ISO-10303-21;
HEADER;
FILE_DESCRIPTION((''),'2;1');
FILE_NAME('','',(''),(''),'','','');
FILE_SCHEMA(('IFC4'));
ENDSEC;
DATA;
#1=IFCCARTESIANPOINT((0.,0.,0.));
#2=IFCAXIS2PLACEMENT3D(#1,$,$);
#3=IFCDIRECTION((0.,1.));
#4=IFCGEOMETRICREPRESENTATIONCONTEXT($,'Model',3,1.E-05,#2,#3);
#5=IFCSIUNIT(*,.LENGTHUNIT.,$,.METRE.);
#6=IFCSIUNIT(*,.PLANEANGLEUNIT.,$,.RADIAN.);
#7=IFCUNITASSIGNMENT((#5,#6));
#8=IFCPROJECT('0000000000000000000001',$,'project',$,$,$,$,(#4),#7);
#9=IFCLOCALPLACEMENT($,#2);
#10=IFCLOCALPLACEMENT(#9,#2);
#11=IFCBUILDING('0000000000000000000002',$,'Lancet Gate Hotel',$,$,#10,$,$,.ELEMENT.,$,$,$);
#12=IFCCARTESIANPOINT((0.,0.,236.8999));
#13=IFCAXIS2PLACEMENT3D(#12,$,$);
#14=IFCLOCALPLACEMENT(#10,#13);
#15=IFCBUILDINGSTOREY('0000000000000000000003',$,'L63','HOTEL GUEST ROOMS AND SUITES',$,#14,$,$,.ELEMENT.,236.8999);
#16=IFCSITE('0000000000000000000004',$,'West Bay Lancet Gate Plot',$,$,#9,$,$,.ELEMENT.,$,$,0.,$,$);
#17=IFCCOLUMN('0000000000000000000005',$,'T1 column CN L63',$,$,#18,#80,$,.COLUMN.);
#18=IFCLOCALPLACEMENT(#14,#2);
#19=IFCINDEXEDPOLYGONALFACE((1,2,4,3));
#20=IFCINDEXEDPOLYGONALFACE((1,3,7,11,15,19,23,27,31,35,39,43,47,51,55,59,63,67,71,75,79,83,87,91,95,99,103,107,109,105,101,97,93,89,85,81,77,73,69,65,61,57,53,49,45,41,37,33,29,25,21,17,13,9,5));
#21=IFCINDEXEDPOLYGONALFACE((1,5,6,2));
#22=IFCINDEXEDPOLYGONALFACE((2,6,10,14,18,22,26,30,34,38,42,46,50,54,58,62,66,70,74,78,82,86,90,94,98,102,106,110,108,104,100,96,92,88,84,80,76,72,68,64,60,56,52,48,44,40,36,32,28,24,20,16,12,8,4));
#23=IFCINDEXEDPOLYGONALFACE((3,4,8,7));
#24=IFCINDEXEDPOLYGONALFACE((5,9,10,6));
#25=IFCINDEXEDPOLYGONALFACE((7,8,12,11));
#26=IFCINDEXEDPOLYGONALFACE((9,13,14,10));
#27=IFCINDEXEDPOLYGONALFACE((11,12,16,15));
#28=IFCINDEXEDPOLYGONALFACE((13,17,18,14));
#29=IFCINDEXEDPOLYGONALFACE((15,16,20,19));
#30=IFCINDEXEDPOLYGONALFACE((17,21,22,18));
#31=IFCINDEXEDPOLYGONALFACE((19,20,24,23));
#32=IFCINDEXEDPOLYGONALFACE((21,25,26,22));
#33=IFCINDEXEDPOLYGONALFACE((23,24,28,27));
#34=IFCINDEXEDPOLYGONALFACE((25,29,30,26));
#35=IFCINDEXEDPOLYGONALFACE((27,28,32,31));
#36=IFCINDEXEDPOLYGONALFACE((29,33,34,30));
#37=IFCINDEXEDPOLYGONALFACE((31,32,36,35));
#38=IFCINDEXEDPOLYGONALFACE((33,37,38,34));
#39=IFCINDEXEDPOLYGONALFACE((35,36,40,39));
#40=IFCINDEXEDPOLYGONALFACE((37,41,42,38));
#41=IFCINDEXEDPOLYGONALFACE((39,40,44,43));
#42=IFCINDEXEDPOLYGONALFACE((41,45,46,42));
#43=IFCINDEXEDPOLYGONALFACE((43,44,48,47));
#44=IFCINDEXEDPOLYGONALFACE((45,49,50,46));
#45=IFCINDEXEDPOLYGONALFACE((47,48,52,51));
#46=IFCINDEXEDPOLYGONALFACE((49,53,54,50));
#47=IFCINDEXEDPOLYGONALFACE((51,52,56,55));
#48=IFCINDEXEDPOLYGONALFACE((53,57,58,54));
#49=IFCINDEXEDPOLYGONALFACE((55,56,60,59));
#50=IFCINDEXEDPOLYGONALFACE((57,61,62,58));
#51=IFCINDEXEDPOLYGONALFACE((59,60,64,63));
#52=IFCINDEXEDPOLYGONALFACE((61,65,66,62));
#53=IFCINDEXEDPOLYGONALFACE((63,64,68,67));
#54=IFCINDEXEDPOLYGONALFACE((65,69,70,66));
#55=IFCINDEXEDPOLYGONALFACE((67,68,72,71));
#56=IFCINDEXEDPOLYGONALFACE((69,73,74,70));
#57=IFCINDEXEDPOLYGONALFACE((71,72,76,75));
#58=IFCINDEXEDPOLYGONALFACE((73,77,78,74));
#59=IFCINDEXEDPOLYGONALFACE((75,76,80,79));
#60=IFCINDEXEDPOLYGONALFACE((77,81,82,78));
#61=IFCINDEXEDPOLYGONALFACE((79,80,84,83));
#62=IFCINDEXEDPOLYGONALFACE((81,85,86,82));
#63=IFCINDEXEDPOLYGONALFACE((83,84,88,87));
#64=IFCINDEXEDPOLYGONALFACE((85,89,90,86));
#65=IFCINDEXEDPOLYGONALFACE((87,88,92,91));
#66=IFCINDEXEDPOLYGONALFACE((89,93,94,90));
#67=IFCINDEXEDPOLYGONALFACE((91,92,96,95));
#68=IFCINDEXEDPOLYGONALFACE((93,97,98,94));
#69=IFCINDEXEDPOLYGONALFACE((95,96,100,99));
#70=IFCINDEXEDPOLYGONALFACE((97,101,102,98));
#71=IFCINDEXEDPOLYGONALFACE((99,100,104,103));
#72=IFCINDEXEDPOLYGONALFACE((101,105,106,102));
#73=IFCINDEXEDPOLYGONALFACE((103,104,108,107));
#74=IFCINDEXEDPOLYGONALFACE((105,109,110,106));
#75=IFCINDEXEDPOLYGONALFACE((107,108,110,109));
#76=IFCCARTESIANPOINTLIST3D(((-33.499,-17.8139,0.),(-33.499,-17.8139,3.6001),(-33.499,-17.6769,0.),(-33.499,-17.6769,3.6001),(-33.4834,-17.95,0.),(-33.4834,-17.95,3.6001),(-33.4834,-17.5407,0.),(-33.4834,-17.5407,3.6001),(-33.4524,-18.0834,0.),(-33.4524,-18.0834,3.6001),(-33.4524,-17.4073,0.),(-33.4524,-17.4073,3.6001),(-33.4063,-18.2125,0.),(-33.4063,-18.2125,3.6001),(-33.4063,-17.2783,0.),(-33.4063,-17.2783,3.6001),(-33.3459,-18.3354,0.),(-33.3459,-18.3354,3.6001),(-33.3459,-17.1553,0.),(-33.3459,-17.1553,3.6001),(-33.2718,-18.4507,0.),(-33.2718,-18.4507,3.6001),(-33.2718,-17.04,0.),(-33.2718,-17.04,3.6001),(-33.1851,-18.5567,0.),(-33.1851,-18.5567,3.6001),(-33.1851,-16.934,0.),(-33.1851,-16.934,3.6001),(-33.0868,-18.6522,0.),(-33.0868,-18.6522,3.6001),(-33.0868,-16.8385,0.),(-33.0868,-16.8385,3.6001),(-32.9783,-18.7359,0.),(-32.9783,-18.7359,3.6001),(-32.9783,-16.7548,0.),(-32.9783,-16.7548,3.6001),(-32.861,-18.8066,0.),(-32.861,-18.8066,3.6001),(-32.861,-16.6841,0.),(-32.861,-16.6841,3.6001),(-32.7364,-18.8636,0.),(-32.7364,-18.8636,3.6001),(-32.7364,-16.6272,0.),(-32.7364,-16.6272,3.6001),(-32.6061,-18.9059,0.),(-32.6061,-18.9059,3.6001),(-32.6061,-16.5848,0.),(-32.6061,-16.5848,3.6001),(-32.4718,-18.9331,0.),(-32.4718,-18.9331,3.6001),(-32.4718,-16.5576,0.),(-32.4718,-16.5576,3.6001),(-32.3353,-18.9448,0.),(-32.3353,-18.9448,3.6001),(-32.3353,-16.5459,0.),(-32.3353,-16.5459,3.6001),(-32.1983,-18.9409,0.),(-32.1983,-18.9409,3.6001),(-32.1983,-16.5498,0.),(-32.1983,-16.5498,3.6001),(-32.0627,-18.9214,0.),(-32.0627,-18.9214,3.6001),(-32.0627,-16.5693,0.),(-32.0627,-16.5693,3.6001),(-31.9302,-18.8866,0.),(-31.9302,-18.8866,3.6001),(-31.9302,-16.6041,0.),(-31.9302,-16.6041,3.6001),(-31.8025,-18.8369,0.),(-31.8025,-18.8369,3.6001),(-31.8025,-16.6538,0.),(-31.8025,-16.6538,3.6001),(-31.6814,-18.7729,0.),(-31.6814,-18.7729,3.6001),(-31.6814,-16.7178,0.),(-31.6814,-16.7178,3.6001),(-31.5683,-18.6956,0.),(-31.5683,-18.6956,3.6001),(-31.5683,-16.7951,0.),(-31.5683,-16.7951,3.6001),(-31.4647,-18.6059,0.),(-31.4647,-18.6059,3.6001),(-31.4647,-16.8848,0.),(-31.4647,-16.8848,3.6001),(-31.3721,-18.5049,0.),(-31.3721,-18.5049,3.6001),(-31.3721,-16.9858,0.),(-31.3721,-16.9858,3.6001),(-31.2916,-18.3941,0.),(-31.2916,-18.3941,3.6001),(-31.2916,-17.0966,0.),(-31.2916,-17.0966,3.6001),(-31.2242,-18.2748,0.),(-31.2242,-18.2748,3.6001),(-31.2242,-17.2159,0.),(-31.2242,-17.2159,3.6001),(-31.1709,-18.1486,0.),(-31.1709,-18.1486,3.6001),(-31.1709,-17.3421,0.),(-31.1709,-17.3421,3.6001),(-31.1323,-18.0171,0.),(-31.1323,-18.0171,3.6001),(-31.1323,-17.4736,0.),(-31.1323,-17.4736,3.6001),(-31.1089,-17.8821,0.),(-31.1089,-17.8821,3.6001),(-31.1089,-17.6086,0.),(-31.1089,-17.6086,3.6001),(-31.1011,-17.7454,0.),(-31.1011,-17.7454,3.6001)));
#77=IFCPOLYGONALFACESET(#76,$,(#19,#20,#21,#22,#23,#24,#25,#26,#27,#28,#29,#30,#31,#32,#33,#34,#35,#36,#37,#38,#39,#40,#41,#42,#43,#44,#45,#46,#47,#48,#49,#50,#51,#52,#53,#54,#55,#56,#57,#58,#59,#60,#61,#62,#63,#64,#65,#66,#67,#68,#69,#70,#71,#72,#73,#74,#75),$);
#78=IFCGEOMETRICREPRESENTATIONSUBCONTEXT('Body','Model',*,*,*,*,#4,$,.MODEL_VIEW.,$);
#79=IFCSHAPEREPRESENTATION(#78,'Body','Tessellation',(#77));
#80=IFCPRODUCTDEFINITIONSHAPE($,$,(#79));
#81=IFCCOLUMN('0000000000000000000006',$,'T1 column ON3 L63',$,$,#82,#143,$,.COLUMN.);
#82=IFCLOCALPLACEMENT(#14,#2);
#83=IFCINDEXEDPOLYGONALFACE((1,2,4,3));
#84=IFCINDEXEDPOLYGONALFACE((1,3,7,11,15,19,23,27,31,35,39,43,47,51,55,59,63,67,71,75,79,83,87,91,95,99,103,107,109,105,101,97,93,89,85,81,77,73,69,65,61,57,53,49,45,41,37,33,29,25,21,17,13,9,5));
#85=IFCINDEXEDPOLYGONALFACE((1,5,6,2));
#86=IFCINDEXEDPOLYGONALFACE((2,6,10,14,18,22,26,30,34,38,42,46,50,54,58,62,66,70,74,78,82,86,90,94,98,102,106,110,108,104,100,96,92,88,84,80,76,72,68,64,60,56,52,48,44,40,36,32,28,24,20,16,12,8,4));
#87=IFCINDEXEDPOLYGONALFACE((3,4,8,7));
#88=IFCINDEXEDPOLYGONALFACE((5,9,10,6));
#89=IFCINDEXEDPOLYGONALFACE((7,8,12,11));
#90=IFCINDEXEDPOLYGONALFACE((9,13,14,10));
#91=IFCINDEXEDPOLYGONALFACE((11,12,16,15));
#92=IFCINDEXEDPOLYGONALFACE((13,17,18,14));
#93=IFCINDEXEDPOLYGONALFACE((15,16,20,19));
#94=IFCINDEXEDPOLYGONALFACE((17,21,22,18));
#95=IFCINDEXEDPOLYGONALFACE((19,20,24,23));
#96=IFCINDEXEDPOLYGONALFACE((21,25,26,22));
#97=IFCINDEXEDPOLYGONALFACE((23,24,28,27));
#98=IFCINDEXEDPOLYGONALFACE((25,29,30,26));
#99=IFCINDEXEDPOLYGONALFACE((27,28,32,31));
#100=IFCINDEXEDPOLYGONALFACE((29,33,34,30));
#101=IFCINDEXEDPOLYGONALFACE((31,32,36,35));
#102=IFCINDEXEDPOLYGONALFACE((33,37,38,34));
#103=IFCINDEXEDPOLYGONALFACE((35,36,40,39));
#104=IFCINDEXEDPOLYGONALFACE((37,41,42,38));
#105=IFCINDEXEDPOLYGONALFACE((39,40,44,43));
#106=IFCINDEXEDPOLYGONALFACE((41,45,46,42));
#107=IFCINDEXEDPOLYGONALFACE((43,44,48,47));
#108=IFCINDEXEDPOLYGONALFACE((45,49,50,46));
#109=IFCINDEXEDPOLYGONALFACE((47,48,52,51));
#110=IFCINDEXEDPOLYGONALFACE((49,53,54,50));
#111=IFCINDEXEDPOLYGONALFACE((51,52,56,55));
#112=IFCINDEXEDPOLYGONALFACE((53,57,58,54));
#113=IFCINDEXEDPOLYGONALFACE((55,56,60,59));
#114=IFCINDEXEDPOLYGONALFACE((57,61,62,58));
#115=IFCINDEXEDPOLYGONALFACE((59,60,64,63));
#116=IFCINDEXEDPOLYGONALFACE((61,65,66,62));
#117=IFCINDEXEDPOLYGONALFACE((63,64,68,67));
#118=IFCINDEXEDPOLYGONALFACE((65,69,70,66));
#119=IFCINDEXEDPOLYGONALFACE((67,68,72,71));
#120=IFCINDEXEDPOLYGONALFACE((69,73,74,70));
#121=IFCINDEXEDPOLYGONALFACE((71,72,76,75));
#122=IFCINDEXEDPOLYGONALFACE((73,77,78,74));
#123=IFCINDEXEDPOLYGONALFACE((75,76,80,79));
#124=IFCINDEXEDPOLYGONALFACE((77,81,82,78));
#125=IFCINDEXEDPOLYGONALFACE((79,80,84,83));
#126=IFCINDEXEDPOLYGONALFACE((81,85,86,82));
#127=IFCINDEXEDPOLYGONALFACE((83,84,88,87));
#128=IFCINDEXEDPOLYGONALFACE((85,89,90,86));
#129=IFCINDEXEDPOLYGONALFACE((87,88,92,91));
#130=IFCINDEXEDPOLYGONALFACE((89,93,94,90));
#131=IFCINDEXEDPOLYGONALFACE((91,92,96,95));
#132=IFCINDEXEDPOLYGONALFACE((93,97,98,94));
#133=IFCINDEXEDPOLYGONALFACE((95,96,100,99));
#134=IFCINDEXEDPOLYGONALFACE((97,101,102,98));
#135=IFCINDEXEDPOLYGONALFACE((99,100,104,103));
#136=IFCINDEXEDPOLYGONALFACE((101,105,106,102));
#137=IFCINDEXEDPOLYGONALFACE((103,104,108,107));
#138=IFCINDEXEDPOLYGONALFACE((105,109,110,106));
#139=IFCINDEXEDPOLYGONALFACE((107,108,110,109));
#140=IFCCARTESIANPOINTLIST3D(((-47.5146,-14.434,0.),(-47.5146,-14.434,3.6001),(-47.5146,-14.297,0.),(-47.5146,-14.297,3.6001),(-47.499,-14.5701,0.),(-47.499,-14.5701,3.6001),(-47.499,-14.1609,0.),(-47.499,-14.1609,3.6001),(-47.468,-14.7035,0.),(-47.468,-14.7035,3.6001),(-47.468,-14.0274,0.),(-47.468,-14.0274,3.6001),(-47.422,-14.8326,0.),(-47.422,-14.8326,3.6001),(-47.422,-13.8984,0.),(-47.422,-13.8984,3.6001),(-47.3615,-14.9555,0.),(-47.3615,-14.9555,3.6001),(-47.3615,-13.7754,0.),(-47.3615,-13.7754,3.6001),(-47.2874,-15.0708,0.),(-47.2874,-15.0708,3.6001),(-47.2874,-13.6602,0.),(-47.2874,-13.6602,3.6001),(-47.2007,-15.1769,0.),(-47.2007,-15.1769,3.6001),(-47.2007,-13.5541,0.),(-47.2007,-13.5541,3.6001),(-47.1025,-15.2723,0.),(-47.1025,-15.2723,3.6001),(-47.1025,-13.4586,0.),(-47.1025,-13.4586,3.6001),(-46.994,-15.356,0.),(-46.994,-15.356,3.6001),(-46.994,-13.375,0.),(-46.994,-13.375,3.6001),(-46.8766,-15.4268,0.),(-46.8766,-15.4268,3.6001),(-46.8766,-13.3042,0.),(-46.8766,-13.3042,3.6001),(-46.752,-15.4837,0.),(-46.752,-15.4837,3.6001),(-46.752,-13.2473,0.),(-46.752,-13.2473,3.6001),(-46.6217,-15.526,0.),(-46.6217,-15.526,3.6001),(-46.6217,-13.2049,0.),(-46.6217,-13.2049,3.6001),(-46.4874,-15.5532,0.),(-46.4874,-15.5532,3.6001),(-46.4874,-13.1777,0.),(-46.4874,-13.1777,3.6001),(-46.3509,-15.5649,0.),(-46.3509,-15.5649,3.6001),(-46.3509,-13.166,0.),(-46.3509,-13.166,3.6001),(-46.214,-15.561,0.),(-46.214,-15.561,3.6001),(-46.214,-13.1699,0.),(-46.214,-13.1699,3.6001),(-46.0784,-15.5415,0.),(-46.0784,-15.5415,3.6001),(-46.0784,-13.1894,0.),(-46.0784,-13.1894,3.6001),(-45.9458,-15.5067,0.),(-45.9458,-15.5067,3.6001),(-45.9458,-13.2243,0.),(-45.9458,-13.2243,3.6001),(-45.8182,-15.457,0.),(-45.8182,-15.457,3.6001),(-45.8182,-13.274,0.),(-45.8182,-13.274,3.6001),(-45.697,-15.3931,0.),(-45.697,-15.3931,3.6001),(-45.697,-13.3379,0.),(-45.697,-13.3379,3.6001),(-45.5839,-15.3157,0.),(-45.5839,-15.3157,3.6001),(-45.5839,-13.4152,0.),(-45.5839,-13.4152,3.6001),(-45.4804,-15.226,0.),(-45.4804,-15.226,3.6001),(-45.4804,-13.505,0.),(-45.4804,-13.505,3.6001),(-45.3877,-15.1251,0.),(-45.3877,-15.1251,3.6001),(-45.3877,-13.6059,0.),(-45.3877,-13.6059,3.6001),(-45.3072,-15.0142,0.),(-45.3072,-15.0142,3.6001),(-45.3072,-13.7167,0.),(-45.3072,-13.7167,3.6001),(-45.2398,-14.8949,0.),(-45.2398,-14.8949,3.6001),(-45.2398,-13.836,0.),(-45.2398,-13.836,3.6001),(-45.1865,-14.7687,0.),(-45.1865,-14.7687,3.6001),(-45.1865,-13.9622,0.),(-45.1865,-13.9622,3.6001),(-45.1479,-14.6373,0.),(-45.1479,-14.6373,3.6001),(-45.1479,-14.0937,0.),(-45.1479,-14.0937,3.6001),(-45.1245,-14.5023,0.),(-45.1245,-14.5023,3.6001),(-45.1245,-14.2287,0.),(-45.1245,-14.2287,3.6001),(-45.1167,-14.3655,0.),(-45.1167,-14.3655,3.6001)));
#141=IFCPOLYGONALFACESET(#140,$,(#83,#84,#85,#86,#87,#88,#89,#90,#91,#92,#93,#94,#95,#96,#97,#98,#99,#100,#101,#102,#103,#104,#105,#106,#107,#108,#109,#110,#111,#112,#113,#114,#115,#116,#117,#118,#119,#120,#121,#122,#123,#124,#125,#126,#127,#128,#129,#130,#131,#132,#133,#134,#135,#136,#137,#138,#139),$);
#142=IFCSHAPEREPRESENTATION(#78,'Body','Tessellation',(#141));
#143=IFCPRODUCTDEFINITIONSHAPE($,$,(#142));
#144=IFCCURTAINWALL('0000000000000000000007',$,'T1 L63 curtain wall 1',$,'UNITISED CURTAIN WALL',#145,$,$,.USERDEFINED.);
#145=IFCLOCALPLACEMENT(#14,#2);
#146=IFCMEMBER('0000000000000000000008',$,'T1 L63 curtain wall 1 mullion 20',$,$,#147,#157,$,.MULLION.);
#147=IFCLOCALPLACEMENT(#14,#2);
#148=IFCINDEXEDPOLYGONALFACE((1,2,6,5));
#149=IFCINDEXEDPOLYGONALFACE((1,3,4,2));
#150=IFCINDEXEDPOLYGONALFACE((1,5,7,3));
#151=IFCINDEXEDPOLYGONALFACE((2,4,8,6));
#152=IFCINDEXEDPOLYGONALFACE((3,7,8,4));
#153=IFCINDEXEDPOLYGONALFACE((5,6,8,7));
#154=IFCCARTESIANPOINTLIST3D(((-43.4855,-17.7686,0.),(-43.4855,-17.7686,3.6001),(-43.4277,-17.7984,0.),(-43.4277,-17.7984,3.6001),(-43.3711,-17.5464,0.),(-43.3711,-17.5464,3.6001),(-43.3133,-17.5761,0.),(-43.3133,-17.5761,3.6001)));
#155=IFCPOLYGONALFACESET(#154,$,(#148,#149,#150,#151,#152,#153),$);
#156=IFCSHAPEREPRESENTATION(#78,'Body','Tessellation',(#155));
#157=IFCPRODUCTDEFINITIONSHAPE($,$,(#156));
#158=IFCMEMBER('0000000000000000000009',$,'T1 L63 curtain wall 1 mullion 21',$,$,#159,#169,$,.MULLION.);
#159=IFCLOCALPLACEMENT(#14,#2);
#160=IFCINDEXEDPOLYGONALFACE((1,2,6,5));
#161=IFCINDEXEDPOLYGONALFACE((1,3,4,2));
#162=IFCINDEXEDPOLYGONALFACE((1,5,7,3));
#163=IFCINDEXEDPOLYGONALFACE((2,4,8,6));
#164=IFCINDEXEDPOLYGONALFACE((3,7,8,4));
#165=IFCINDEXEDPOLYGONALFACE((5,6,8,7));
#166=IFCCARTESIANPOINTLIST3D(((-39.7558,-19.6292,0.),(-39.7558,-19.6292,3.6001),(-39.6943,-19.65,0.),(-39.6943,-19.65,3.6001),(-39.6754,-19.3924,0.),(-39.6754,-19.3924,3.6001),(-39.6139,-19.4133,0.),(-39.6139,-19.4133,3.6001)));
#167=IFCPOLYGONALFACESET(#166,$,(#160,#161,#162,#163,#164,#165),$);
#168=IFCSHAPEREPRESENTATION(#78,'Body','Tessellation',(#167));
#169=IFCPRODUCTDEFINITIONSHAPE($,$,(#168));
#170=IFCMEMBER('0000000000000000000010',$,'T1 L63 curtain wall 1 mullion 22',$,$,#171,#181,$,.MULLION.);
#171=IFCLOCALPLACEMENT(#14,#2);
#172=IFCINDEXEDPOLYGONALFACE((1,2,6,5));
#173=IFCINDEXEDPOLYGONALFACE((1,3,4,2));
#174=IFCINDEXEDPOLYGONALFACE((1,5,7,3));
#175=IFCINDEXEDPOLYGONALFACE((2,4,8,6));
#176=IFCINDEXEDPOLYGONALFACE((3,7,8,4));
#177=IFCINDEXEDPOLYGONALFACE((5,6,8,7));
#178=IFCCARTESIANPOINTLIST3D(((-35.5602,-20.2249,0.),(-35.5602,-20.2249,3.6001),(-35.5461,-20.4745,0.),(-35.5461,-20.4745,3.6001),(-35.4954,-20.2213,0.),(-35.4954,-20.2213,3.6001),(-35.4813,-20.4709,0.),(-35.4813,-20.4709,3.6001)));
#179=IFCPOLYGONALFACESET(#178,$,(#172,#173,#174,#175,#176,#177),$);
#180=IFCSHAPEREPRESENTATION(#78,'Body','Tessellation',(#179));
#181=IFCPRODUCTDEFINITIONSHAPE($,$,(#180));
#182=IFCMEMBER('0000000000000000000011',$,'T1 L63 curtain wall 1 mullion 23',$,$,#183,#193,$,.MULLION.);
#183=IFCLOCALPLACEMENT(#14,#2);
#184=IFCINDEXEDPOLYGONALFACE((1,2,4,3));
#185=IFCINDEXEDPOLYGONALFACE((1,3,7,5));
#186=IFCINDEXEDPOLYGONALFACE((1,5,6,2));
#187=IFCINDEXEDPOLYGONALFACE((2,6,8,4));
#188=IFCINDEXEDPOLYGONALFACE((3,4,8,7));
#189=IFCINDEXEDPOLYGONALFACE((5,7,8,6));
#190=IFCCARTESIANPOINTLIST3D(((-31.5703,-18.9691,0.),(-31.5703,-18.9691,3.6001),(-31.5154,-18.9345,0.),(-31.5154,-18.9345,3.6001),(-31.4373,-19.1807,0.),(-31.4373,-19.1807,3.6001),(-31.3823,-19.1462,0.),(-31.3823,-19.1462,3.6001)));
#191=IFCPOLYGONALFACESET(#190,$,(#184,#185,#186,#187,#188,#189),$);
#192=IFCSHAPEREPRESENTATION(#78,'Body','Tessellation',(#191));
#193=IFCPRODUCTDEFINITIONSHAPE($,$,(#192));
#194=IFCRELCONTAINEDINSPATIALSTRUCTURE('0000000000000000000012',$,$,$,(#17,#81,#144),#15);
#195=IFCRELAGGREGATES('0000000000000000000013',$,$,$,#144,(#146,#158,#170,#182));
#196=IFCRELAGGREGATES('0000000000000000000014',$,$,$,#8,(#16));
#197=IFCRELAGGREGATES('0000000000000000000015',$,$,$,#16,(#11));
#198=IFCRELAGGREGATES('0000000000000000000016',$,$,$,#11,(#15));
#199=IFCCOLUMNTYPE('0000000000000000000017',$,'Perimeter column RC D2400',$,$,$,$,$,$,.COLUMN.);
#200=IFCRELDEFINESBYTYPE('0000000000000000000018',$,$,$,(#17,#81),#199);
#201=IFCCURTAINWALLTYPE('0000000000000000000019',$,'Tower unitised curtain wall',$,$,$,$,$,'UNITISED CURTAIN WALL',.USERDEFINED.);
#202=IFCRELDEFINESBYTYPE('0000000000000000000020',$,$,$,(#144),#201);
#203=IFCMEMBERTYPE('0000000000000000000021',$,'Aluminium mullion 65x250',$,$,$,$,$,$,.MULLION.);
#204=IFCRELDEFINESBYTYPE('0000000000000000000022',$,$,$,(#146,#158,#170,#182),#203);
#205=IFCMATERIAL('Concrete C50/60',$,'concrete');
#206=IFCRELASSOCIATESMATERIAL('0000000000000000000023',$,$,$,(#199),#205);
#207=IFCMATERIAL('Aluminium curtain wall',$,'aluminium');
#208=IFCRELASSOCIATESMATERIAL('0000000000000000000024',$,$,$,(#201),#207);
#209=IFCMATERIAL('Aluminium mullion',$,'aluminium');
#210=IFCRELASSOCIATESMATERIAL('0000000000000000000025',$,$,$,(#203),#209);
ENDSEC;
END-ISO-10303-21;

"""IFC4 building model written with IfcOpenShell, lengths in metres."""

from ifc_helpers import new_model, si_unit, direction, frame, origin, origin_2d, place, context, subcontext, project, spatial, rectangle, circle, extrude, material, material_profile, profile_set, type_object, element, aggregate, save


model = new_model("IFC4")

# Units and contexts
model_context = context("Model", 3, precision=1e-05, world=origin(), true_north=direction((0.0, 1.0)))
body_context = subcontext(model_context, "Body", "Model", "MODEL_VIEW")
ifc_project = project(units=[si_unit("LENGTHUNIT", "METRE"), si_unit("PLANEANGLEUNIT", "RADIAN")], contexts=[model_context])

# Site, building, storey
site_placement = place(None, origin())
site = spatial("IfcSite", under=ifc_project, at=site_placement, Name="West Bay Lancet Gate Plot", CompositionType="ELEMENT", RefElevation=0.0)
building_placement = place(site_placement, origin())
building = spatial("IfcBuilding", under=site, at=building_placement, Name="Lancet Gate Hotel", CompositionType="ELEMENT")
storey_placement = place(building_placement, frame((0.0, 0.0, 236.8999)))
storey = spatial("IfcBuildingStorey", under=building, at=storey_placement, Name="L63", Description="HOTEL GUEST ROOMS AND SUITES", CompositionType="ELEMENT", Elevation=236.8999)

# Columns
ifc_material_1 = material(Name="Concrete C50/60", Category="concrete")
ifc_material_profile_1 = material_profile(ifc_material_1, circle(Radius=1.2, at=origin_2d()), Name="RC D2400")
ifc_profile_set_1 = profile_set([ifc_material_profile_1], Name="Concrete C50/60")
column_type = type_object("IfcColumnType", Name="Perimeter column RC D2400", PredefinedType="COLUMN", material=ifc_profile_set_1)
for number, where, z_axis, x_axis, name in (
    (1, (-32.301, -17.7454, 0.0), (0.0, 0.0, 1.0), (1.0, 0.0, 0.0), "T1 column CN L63"),
    (2, (-46.3167, -14.3655, 0.0), (0.0, 0.0, 1.0), (1.0, 0.0, 0.0), "T1 column ON3 L63"),
):
    element("IfcColumn", number, at=place(storey_placement, frame(where, z_axis=z_axis, x_axis=x_axis)), inside=storey, type_object=column_type, Name=name, PredefinedType="COLUMN", context=body_context, shape_type="SweptSolid", body=[
        extrude(circle(Radius=1.2, at=origin_2d()), origin(), (0.0, 0.0, 1.0), 3.6001),
    ])

# Curtain wall, members
ifc_material_2 = material(Name="Aluminium curtain wall", Category="aluminium")
curtain_wall_type = type_object("IfcCurtainWallType", Name="Tower unitised curtain wall", ElementType="UNITISED CURTAIN WALL", PredefinedType="USERDEFINED", material=ifc_material_2)
curtain_wall_placement = place(storey_placement, origin())
curtain_wall = element("IfcCurtainWall", 3, at=curtain_wall_placement, inside=storey, type_object=curtain_wall_type, Name="T1 L63 curtain wall 1", ObjectType="UNITISED CURTAIN WALL", PredefinedType="USERDEFINED")
ifc_material_3 = material(Name="Aluminium mullion", Category="aluminium")
ifc_material_profile_2 = material_profile(ifc_material_3, rectangle(XDim=0.0649, YDim=0.25, at=origin_2d()), Name="MULLION 65x250")
ifc_profile_set_2 = profile_set([ifc_material_profile_2], Name="Aluminium mullion")
member_type_1 = type_object("IfcMemberType", Name="Aluminium mullion 65x250", PredefinedType="MULLION", material=ifc_profile_set_2)
member_1_placement = place(storey_placement, frame((-43.3994, -17.6724, 0.0), z_axis=(0.0, 0.0, 1.0), x_axis=(0.889156, -0.457605, 0.0)))
member_1 = element("IfcMember", 4, at=member_1_placement, type_object=member_type_1, Name="T1 L63 curtain wall 1 mullion 20", PredefinedType="MULLION", context=body_context, shape_type="SweptSolid", body=[
    extrude(rectangle(XDim=0.0649, YDim=0.25, at=origin_2d()), origin(), (0.0, 0.0, 1.0), 3.6001),
])
member_2_placement = place(storey_placement, frame((-39.6848, -19.5212, 0.0), z_axis=(0.0, 0.0, 1.0), x_axis=(0.946888, -0.321564, 0.0)))
member_2 = element("IfcMember", 5, at=member_2_placement, type_object=member_type_1, Name="T1 L63 curtain wall 1 mullion 21", PredefinedType="MULLION", context=body_context, shape_type="SweptSolid", body=[
    extrude(rectangle(XDim=0.0649, YDim=0.25, at=origin_2d()), origin(), (0.0, 0.0, 1.0), 3.6001),
])
member_3_placement = place(storey_placement, frame((-35.5208, -20.3479, 0.0), z_axis=(0.0, 0.0, 1.0), x_axis=(0.998409, 0.056384, 0.0)))
member_3 = element("IfcMember", 6, at=member_3_placement, type_object=member_type_1, Name="T1 L63 curtain wall 1 mullion 22", PredefinedType="MULLION", context=body_context, shape_type="SweptSolid", body=[
    extrude(rectangle(XDim=0.0649, YDim=0.25, at=origin_2d()), origin(), (0.0, 0.0, 1.0), 3.6001),
])
member_4_placement = place(storey_placement, frame((-31.4763, -19.0576, 0.0), z_axis=(0.0, 0.0, 1.0), x_axis=(0.846613, 0.532209, 0.0)))
member_4 = element("IfcMember", 7, at=member_4_placement, type_object=member_type_1, Name="T1 L63 curtain wall 1 mullion 23", PredefinedType="MULLION", context=body_context, shape_type="SweptSolid", body=[
    extrude(rectangle(XDim=0.0649, YDim=0.25, at=origin_2d()), origin(), (0.0, 0.0, 1.0), 3.6001),
])

aggregate(curtain_wall, [member_1, member_2, member_3, member_4])

save(model, "model.ifc")
